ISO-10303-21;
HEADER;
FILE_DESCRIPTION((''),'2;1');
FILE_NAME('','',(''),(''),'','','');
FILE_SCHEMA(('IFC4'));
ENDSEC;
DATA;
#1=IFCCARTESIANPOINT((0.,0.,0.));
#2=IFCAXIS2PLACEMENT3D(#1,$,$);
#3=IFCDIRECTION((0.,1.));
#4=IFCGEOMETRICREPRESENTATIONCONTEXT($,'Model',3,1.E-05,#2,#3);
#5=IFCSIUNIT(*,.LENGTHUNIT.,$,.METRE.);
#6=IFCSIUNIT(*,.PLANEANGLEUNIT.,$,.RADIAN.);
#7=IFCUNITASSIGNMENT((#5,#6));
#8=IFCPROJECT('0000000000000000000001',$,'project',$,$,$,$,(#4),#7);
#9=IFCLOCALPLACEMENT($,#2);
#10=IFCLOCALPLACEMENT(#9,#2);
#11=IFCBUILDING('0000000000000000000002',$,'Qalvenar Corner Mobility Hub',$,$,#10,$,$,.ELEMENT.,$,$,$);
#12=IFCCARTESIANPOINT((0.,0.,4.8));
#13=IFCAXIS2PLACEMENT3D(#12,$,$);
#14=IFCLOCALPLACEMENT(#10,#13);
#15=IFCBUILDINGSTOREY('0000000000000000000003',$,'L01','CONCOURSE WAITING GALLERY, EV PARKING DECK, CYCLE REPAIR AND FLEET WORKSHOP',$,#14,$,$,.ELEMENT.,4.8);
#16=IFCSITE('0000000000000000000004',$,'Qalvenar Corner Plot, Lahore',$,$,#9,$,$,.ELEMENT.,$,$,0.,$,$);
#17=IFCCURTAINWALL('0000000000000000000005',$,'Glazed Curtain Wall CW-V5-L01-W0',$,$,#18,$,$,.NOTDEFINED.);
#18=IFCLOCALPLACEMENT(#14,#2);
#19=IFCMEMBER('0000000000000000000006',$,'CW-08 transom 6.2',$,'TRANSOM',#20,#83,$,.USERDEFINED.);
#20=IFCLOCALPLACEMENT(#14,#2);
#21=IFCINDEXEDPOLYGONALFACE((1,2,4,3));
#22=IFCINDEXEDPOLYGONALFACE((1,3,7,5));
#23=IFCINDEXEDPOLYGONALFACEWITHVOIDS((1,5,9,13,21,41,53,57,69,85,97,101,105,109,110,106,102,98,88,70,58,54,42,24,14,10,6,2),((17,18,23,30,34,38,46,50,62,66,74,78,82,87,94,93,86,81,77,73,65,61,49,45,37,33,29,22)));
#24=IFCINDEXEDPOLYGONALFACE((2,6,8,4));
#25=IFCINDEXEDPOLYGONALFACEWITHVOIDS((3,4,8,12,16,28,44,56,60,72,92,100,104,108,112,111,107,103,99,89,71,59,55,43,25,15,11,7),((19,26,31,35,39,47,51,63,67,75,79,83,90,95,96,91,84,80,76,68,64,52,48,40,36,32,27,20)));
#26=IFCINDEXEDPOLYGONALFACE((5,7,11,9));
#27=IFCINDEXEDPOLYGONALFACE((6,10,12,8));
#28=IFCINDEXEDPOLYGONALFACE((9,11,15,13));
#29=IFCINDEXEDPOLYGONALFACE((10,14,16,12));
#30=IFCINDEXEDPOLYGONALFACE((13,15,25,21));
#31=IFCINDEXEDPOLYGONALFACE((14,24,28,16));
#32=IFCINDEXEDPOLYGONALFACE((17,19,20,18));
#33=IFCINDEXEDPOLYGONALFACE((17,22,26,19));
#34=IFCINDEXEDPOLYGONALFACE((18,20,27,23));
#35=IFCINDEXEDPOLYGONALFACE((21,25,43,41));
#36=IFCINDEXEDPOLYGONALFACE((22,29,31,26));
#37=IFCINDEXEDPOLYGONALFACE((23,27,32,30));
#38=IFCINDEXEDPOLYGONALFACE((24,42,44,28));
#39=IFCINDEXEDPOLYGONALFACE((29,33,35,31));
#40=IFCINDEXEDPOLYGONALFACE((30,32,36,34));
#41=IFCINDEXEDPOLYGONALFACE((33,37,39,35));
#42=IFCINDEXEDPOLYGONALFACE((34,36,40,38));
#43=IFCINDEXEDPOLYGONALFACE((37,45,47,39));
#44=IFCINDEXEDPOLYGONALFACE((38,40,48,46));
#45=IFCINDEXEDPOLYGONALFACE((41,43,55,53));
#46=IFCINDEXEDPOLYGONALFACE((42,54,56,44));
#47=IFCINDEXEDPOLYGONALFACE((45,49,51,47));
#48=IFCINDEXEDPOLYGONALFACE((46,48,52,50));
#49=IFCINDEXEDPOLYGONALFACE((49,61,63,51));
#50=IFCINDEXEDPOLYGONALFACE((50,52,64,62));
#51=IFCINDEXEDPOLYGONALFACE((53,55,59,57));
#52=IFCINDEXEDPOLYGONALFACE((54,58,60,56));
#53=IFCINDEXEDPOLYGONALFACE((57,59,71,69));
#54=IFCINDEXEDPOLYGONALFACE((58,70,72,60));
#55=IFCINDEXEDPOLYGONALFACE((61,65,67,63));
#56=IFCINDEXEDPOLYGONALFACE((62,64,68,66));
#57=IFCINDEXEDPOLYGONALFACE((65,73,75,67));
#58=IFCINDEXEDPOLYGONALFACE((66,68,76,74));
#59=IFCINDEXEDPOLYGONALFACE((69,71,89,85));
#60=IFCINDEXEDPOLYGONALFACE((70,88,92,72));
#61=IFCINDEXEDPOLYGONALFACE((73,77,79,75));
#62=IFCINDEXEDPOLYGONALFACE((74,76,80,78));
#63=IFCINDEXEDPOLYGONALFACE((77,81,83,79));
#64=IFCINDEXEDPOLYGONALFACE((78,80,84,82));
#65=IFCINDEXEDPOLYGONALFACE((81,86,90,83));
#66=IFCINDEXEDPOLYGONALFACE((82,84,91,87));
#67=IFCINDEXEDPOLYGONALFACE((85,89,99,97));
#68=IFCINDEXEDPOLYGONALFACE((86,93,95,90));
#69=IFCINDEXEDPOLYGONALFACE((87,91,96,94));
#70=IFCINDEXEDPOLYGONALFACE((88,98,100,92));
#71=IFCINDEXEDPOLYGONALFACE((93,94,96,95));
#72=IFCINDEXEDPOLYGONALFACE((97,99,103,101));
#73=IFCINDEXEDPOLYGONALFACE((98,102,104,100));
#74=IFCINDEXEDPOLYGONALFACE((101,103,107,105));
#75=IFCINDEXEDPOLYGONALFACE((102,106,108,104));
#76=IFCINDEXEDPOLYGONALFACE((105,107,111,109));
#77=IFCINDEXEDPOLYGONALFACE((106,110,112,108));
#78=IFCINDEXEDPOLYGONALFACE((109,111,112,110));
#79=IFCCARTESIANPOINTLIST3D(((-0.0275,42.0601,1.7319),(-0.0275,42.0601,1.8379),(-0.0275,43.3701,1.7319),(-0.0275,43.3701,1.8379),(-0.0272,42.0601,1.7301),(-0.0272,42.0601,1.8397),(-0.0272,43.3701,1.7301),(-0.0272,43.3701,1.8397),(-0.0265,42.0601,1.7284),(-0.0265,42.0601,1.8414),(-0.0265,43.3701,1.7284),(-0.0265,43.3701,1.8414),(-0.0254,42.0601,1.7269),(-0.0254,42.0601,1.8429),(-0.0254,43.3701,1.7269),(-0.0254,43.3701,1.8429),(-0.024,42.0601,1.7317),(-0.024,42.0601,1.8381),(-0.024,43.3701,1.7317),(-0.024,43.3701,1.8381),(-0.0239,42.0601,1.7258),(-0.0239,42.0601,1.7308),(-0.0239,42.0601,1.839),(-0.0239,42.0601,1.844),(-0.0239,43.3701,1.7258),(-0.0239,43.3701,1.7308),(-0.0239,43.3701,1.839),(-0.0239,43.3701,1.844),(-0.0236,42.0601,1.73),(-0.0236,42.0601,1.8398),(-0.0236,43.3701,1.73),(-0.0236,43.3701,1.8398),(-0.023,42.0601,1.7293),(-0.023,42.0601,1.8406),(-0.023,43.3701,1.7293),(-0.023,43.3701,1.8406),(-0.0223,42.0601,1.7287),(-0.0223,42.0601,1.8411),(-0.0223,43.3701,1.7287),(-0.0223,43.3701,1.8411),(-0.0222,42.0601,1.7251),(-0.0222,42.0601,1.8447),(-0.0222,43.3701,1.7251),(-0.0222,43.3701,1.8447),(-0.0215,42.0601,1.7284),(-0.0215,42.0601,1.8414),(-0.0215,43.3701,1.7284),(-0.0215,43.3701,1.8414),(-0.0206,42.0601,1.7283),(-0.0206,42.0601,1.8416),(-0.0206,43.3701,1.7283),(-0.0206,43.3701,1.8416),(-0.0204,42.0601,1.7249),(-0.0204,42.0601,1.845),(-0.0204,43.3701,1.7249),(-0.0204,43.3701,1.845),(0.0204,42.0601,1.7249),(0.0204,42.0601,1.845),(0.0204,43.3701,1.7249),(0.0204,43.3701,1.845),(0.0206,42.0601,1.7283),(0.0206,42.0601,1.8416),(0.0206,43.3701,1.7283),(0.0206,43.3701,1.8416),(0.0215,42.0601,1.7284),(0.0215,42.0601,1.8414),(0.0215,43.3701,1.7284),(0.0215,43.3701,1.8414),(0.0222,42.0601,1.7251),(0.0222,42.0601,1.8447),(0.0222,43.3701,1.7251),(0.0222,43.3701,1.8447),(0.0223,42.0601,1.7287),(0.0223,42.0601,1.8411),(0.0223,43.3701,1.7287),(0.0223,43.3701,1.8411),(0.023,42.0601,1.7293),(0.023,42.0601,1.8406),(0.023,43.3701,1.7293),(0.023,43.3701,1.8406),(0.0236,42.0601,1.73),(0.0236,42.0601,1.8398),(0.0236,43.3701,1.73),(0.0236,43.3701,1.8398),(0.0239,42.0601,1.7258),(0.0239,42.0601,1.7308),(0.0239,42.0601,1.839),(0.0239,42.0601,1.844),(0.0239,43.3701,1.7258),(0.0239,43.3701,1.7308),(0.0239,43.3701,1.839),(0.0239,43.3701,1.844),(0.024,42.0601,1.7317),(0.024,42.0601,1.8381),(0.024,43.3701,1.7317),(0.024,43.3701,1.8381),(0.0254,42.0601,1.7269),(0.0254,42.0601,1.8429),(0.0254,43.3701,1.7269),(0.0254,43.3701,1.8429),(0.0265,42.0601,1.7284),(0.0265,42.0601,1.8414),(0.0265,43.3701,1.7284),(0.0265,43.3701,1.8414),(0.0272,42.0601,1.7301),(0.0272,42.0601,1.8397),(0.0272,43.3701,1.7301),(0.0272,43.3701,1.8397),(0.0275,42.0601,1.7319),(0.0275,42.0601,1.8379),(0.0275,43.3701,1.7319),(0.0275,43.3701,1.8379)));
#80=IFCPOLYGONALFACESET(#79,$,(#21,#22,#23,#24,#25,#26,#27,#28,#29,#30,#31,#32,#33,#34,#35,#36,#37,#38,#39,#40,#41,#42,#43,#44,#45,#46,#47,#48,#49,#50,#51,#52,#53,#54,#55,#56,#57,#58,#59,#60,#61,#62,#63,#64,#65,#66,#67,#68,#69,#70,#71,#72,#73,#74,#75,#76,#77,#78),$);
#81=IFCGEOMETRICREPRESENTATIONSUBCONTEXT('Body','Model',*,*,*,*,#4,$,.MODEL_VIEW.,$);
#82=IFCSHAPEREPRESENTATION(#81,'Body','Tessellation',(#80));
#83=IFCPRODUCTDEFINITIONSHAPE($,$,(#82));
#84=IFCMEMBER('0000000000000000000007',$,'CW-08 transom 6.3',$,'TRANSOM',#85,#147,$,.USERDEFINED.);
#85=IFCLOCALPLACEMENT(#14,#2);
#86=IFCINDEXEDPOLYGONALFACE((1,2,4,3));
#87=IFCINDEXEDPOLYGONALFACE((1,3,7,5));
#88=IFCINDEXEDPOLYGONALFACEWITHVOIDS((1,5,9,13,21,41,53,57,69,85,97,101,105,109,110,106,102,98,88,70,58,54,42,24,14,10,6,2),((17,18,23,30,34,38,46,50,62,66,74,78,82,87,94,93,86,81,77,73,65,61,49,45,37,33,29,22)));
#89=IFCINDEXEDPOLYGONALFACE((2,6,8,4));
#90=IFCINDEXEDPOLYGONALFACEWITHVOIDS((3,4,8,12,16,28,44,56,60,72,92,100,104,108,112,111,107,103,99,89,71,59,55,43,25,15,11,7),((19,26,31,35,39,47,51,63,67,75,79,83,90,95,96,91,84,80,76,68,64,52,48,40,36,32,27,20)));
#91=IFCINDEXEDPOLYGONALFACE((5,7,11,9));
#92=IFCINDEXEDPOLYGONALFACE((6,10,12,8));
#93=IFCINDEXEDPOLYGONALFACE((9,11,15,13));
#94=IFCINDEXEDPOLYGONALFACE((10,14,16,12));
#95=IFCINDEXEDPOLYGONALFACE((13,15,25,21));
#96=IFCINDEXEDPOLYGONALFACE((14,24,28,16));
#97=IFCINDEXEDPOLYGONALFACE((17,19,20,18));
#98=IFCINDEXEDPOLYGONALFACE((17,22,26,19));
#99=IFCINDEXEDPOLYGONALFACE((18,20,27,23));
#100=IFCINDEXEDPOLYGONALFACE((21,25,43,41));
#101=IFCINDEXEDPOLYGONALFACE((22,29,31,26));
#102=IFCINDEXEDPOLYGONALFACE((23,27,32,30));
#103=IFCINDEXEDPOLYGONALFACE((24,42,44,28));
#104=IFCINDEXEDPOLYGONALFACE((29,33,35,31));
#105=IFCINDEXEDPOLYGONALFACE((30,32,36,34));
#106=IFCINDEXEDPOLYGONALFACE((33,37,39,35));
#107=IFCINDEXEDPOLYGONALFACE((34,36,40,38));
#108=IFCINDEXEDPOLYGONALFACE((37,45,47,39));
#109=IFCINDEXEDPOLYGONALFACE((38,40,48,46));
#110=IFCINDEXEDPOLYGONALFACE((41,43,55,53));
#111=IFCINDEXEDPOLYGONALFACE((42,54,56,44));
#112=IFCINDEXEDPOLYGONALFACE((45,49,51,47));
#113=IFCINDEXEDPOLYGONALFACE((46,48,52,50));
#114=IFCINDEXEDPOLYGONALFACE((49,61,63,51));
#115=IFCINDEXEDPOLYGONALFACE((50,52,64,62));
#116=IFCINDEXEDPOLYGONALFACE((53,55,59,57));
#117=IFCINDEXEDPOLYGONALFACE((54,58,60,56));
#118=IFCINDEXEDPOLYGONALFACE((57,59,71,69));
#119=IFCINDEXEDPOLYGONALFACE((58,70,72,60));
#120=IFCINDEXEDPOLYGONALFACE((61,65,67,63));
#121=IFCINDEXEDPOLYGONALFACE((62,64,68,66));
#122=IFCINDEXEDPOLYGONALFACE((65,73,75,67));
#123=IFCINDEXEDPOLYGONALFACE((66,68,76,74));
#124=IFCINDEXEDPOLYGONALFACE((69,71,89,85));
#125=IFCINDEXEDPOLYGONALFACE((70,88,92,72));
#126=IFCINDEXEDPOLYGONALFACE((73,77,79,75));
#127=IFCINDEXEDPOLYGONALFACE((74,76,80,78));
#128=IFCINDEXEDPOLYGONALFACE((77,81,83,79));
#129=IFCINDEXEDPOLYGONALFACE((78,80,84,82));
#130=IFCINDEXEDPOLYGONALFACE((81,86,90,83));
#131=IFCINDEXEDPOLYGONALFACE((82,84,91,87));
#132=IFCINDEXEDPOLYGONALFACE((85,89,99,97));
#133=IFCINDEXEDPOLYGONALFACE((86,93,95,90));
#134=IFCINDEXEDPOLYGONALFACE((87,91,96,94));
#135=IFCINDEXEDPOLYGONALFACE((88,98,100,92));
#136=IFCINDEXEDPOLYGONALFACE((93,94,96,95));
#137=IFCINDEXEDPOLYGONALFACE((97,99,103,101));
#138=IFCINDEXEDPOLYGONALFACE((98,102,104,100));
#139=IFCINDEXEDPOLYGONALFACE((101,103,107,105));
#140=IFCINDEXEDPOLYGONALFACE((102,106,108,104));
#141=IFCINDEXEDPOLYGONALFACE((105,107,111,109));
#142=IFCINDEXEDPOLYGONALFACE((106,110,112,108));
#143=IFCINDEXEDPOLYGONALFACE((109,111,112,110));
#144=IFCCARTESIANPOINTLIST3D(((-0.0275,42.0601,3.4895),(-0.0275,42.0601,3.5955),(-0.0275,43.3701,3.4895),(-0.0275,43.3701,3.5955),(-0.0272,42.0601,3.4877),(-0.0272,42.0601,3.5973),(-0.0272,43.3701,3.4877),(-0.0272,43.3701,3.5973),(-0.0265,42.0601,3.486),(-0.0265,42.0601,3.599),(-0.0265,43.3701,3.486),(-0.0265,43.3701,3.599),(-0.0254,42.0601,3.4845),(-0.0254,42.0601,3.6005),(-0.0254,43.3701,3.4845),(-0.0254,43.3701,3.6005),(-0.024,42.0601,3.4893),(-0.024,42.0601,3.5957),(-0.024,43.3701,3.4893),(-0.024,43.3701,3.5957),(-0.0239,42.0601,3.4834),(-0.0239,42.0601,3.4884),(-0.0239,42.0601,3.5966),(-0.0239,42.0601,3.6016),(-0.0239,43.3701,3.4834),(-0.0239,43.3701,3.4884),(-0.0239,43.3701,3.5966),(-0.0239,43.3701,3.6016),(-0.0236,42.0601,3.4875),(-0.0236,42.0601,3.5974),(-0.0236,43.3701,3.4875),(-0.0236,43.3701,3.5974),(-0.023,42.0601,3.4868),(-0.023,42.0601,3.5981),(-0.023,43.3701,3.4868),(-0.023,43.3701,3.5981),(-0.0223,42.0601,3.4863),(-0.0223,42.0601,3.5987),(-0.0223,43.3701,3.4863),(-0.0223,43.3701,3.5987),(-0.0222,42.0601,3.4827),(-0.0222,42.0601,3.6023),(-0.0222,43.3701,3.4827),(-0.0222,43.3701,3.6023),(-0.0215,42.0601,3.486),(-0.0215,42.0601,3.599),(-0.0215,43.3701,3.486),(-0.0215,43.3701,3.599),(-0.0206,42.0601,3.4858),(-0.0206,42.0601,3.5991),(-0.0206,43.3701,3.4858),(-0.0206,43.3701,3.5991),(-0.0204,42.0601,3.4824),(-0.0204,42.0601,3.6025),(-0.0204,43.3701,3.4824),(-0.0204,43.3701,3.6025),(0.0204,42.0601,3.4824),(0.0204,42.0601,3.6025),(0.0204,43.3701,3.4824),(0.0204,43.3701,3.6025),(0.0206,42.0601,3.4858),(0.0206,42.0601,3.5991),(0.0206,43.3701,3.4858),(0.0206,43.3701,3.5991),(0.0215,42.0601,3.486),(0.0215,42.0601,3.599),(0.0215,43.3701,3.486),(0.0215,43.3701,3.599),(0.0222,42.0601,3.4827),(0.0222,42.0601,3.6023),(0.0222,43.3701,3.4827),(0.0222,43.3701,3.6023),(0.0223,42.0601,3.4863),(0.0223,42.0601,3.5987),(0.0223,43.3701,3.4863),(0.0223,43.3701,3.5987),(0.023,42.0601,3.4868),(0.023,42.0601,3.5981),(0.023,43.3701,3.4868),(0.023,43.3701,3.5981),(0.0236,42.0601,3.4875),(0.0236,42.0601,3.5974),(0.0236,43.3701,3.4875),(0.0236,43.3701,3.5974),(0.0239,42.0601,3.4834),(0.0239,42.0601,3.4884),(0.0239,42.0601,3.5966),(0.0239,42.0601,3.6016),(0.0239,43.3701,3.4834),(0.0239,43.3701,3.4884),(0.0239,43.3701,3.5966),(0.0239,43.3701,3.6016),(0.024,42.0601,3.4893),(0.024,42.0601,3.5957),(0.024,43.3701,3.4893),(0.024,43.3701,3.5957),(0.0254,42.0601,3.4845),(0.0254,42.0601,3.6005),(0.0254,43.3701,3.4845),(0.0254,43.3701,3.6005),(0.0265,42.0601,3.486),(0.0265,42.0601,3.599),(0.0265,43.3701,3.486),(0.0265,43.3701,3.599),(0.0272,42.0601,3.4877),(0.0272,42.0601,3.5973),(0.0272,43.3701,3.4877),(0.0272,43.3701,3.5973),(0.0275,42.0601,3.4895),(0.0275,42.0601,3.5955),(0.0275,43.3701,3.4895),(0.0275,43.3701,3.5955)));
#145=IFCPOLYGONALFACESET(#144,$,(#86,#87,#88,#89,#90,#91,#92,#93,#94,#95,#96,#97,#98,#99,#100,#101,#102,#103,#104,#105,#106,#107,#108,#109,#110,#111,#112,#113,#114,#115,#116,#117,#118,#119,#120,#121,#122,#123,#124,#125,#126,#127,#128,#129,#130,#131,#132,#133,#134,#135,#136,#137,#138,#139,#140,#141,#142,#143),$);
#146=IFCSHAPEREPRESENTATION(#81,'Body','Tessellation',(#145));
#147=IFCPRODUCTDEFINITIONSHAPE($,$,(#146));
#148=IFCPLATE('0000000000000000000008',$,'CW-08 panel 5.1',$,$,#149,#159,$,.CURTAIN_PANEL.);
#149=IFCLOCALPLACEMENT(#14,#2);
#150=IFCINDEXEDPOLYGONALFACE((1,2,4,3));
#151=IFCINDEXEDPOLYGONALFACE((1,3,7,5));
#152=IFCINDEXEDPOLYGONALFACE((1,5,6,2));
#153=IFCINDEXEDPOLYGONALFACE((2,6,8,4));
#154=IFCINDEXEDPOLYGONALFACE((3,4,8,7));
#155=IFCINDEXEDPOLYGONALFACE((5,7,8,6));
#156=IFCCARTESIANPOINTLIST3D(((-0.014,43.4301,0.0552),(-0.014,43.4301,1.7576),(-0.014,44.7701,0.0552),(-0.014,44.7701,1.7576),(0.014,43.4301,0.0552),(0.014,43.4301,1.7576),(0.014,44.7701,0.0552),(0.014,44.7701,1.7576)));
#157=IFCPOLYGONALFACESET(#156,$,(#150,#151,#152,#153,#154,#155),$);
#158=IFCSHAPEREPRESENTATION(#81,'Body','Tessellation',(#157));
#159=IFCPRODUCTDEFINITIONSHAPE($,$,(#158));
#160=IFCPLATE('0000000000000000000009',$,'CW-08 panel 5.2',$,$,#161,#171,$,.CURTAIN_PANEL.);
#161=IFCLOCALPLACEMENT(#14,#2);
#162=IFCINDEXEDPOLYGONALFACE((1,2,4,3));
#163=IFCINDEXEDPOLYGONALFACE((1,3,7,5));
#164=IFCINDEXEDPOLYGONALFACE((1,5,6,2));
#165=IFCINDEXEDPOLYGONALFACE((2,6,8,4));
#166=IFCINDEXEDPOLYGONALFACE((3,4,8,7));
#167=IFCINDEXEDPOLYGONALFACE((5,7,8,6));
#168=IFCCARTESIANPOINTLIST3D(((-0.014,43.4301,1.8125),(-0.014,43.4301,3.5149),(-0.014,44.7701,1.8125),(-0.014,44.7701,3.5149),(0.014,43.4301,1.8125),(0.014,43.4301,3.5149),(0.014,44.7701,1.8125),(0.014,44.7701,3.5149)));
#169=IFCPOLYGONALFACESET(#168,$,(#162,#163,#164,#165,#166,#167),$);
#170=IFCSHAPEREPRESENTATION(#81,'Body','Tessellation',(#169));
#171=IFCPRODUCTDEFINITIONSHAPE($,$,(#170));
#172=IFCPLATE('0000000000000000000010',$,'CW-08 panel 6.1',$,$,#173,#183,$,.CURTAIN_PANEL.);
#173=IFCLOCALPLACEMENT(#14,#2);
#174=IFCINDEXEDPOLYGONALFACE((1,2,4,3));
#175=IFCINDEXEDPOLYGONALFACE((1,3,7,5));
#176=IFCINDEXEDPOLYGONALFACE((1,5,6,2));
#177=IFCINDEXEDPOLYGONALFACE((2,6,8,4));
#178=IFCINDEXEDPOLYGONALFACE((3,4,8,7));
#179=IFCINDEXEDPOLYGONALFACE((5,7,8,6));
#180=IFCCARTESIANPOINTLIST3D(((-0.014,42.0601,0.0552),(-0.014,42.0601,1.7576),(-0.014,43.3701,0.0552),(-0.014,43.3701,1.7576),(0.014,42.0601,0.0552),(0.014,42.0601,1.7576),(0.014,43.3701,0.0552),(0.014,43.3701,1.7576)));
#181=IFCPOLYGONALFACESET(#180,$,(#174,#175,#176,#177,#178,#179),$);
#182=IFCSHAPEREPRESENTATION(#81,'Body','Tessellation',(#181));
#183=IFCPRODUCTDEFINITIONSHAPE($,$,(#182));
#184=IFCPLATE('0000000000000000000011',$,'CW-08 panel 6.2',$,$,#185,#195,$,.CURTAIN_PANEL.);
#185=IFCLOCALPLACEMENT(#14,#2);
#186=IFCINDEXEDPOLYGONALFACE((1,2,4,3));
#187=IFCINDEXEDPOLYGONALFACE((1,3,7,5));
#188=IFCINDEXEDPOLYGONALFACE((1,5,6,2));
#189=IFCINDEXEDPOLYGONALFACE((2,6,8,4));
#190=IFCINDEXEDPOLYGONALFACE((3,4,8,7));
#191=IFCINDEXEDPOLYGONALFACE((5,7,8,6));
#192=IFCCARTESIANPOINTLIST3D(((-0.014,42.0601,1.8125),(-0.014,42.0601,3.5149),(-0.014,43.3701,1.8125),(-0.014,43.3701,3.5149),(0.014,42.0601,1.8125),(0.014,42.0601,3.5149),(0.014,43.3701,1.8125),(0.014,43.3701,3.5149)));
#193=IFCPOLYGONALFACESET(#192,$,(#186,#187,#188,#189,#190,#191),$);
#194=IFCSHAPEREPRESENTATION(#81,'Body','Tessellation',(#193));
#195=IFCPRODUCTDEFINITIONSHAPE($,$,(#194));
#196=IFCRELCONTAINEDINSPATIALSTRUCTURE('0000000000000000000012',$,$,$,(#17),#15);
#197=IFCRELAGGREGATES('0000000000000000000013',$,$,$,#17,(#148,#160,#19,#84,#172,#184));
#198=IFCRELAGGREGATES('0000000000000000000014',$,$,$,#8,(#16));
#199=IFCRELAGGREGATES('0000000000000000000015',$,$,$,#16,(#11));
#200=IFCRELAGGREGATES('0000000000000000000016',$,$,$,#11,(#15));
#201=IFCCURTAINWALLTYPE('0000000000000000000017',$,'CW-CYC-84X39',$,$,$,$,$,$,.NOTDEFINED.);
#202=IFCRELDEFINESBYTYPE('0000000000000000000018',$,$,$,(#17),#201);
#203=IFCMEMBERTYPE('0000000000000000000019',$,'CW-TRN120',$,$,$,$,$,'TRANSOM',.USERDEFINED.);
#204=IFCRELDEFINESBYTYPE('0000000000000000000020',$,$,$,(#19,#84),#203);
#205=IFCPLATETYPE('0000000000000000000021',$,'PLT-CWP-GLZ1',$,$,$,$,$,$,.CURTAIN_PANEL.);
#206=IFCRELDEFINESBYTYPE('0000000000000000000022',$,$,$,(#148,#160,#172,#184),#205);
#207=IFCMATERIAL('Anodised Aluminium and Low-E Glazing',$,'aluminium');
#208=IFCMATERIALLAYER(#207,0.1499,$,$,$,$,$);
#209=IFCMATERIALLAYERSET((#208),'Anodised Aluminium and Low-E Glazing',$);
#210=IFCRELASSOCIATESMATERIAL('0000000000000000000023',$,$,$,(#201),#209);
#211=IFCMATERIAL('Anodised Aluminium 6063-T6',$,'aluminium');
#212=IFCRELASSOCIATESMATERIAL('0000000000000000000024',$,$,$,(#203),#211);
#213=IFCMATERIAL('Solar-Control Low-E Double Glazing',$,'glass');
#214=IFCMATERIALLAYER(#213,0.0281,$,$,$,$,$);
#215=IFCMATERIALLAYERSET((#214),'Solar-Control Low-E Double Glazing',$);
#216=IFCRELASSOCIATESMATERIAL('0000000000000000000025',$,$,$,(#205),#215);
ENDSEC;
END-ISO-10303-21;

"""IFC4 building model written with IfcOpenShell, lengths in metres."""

from ifc_helpers import new_model, si_unit, direction, frame, origin, origin_2d, place, context, subcontext, project, spatial, rectangle, hollow_rectangle, extrude, material, layer, layer_set, material_profile, profile_set, type_object, element, aggregate, save


model = new_model("IFC4")

# Units and contexts
model_context = context("Model", 3, precision=1e-05, world=origin(), true_north=direction((0.0, 1.0)))
body_context = subcontext(model_context, "Body", "Model", "MODEL_VIEW")
ifc_project = project(units=[si_unit("LENGTHUNIT", "METRE"), si_unit("PLANEANGLEUNIT", "RADIAN")], contexts=[model_context])

# Site, building, storey
site_placement = place(None, origin())
site = spatial("IfcSite", under=ifc_project, at=site_placement, Name="Qalvenar Corner Plot, Lahore", CompositionType="ELEMENT", RefElevation=0.0)
building_placement = place(site_placement, origin())
building = spatial("IfcBuilding", under=site, at=building_placement, Name="Qalvenar Corner Mobility Hub", CompositionType="ELEMENT")
storey_placement = place(building_placement, frame((0.0, 0.0, 4.8)))
storey = spatial("IfcBuildingStorey", under=building, at=storey_placement, Name="L01", Description="CONCOURSE WAITING GALLERY, EV PARKING DECK, CYCLE REPAIR AND FLEET WORKSHOP", CompositionType="ELEMENT", Elevation=4.8)

# Curtain wall, members, plates
ifc_material_1 = material(Name="Anodised Aluminium and Low-E Glazing", Category="aluminium")
ifc_layer_1 = layer(ifc_material_1, 0.1499)
ifc_layer_set_1 = layer_set([ifc_layer_1], Name="Anodised Aluminium and Low-E Glazing")
curtain_wall_type = type_object("IfcCurtainWallType", Name="CW-CYC-84X39", PredefinedType="NOTDEFINED", material=ifc_layer_set_1)
curtain_wall_placement = place(storey_placement, origin())
curtain_wall = element("IfcCurtainWall", 1, at=curtain_wall_placement, inside=storey, type_object=curtain_wall_type, Name="Glazed Curtain Wall CW-V5-L01-W0", PredefinedType="NOTDEFINED")
ifc_material_2 = material(Name="Anodised Aluminium 6063-T6", Category="aluminium")
ifc_material_profile_1 = material_profile(ifc_material_2, hollow_rectangle(XDim=0.0549, YDim=0.1201, WallThickness=0.0034, InnerFilletRadius=0.0034, OuterFilletRadius=0.0071, at=origin_2d()), Name="RHS120x55x3.5")
ifc_profile_set_1 = profile_set([ifc_material_profile_1], Name="Anodised Aluminium 6063-T6")
member_type_1 = type_object("IfcMemberType", Name="CW-TRN120", ElementType="TRANSOM", PredefinedType="USERDEFINED", material=ifc_profile_set_1)
member_1_placement = place(storey_placement, frame((0.0, 43.3701, 1.7849), z_axis=(0.0, -1.0, 0.0), x_axis=(1.0, 0.0, 0.0)))
member_1 = element("IfcMember", 2, at=member_1_placement, type_object=member_type_1, Name="CW-08 transom 6.2", ObjectType="TRANSOM", PredefinedType="USERDEFINED", context=body_context, shape_type="SweptSolid", body=[
    extrude(hollow_rectangle(XDim=0.0549, YDim=0.1201, WallThickness=0.0034, InnerFilletRadius=0.0034, OuterFilletRadius=0.0071, at=origin_2d()), origin(), (0.0, 0.0, 1.0), 1.3101),
])
member_2_placement = place(storey_placement, frame((0.0, 43.3701, 3.5425), z_axis=(0.0, -1.0, 0.0), x_axis=(1.0, 0.0, 0.0)))
member_2 = element("IfcMember", 3, at=member_2_placement, type_object=member_type_1, Name="CW-08 transom 6.3", ObjectType="TRANSOM", PredefinedType="USERDEFINED", context=body_context, shape_type="SweptSolid", body=[
    extrude(hollow_rectangle(XDim=0.0549, YDim=0.1201, WallThickness=0.0034, InnerFilletRadius=0.0034, OuterFilletRadius=0.0071, at=origin_2d()), origin(), (0.0, 0.0, 1.0), 1.3101),
])
ifc_material_3 = material(Name="Solar-Control Low-E Double Glazing", Category="glass")
ifc_layer_2 = layer(ifc_material_3, 0.0281)
ifc_layer_set_2 = layer_set([ifc_layer_2], Name="Solar-Control Low-E Double Glazing")
plate_type = type_object("IfcPlateType", Name="PLT-CWP-GLZ1", PredefinedType="CURTAIN_PANEL", material=ifc_layer_set_2)
plate_1_placement = place(storey_placement, frame((0.0, 44.1001, 0.0552), z_axis=(0.0, 0.0, 1.0), x_axis=(0.0, -1.0, 0.0)))
plate_1 = element("IfcPlate", 4, at=plate_1_placement, type_object=plate_type, Name="CW-08 panel 5.1", PredefinedType="CURTAIN_PANEL", context=body_context, shape_type="SweptSolid", body=[
    extrude(rectangle(XDim=1.3401, YDim=0.0281, at=origin_2d()), origin(), (0.0, 0.0, 1.0), 1.7024),
])
plate_2_placement = place(storey_placement, frame((0.0, 44.1001, 1.8125), z_axis=(0.0, 0.0, 1.0), x_axis=(0.0, -1.0, 0.0)))
plate_2 = element("IfcPlate", 5, at=plate_2_placement, type_object=plate_type, Name="CW-08 panel 5.2", PredefinedType="CURTAIN_PANEL", context=body_context, shape_type="SweptSolid", body=[
    extrude(rectangle(XDim=1.3401, YDim=0.0281, at=origin_2d()), origin(), (0.0, 0.0, 1.0), 1.7024),
])
plate_3_placement = place(storey_placement, frame((0.0, 42.7151, 0.0552), z_axis=(0.0, 0.0, 1.0), x_axis=(0.0, -1.0, 0.0)))
plate_3 = element("IfcPlate", 6, at=plate_3_placement, type_object=plate_type, Name="CW-08 panel 6.1", PredefinedType="CURTAIN_PANEL", context=body_context, shape_type="SweptSolid", body=[
    extrude(rectangle(XDim=1.3101, YDim=0.0281, at=origin_2d()), origin(), (0.0, 0.0, 1.0), 1.7024),
])
plate_4_placement = place(storey_placement, frame((0.0, 42.7151, 1.8125), z_axis=(0.0, 0.0, 1.0), x_axis=(0.0, -1.0, 0.0)))
plate_4 = element("IfcPlate", 7, at=plate_4_placement, type_object=plate_type, Name="CW-08 panel 6.2", PredefinedType="CURTAIN_PANEL", context=body_context, shape_type="SweptSolid", body=[
    extrude(rectangle(XDim=1.3101, YDim=0.0281, at=origin_2d()), origin(), (0.0, 0.0, 1.0), 1.7024),
])
aggregate(curtain_wall, [plate_1, plate_2, member_1, member_2, plate_3, plate_4])

save(model, "model.ifc")
